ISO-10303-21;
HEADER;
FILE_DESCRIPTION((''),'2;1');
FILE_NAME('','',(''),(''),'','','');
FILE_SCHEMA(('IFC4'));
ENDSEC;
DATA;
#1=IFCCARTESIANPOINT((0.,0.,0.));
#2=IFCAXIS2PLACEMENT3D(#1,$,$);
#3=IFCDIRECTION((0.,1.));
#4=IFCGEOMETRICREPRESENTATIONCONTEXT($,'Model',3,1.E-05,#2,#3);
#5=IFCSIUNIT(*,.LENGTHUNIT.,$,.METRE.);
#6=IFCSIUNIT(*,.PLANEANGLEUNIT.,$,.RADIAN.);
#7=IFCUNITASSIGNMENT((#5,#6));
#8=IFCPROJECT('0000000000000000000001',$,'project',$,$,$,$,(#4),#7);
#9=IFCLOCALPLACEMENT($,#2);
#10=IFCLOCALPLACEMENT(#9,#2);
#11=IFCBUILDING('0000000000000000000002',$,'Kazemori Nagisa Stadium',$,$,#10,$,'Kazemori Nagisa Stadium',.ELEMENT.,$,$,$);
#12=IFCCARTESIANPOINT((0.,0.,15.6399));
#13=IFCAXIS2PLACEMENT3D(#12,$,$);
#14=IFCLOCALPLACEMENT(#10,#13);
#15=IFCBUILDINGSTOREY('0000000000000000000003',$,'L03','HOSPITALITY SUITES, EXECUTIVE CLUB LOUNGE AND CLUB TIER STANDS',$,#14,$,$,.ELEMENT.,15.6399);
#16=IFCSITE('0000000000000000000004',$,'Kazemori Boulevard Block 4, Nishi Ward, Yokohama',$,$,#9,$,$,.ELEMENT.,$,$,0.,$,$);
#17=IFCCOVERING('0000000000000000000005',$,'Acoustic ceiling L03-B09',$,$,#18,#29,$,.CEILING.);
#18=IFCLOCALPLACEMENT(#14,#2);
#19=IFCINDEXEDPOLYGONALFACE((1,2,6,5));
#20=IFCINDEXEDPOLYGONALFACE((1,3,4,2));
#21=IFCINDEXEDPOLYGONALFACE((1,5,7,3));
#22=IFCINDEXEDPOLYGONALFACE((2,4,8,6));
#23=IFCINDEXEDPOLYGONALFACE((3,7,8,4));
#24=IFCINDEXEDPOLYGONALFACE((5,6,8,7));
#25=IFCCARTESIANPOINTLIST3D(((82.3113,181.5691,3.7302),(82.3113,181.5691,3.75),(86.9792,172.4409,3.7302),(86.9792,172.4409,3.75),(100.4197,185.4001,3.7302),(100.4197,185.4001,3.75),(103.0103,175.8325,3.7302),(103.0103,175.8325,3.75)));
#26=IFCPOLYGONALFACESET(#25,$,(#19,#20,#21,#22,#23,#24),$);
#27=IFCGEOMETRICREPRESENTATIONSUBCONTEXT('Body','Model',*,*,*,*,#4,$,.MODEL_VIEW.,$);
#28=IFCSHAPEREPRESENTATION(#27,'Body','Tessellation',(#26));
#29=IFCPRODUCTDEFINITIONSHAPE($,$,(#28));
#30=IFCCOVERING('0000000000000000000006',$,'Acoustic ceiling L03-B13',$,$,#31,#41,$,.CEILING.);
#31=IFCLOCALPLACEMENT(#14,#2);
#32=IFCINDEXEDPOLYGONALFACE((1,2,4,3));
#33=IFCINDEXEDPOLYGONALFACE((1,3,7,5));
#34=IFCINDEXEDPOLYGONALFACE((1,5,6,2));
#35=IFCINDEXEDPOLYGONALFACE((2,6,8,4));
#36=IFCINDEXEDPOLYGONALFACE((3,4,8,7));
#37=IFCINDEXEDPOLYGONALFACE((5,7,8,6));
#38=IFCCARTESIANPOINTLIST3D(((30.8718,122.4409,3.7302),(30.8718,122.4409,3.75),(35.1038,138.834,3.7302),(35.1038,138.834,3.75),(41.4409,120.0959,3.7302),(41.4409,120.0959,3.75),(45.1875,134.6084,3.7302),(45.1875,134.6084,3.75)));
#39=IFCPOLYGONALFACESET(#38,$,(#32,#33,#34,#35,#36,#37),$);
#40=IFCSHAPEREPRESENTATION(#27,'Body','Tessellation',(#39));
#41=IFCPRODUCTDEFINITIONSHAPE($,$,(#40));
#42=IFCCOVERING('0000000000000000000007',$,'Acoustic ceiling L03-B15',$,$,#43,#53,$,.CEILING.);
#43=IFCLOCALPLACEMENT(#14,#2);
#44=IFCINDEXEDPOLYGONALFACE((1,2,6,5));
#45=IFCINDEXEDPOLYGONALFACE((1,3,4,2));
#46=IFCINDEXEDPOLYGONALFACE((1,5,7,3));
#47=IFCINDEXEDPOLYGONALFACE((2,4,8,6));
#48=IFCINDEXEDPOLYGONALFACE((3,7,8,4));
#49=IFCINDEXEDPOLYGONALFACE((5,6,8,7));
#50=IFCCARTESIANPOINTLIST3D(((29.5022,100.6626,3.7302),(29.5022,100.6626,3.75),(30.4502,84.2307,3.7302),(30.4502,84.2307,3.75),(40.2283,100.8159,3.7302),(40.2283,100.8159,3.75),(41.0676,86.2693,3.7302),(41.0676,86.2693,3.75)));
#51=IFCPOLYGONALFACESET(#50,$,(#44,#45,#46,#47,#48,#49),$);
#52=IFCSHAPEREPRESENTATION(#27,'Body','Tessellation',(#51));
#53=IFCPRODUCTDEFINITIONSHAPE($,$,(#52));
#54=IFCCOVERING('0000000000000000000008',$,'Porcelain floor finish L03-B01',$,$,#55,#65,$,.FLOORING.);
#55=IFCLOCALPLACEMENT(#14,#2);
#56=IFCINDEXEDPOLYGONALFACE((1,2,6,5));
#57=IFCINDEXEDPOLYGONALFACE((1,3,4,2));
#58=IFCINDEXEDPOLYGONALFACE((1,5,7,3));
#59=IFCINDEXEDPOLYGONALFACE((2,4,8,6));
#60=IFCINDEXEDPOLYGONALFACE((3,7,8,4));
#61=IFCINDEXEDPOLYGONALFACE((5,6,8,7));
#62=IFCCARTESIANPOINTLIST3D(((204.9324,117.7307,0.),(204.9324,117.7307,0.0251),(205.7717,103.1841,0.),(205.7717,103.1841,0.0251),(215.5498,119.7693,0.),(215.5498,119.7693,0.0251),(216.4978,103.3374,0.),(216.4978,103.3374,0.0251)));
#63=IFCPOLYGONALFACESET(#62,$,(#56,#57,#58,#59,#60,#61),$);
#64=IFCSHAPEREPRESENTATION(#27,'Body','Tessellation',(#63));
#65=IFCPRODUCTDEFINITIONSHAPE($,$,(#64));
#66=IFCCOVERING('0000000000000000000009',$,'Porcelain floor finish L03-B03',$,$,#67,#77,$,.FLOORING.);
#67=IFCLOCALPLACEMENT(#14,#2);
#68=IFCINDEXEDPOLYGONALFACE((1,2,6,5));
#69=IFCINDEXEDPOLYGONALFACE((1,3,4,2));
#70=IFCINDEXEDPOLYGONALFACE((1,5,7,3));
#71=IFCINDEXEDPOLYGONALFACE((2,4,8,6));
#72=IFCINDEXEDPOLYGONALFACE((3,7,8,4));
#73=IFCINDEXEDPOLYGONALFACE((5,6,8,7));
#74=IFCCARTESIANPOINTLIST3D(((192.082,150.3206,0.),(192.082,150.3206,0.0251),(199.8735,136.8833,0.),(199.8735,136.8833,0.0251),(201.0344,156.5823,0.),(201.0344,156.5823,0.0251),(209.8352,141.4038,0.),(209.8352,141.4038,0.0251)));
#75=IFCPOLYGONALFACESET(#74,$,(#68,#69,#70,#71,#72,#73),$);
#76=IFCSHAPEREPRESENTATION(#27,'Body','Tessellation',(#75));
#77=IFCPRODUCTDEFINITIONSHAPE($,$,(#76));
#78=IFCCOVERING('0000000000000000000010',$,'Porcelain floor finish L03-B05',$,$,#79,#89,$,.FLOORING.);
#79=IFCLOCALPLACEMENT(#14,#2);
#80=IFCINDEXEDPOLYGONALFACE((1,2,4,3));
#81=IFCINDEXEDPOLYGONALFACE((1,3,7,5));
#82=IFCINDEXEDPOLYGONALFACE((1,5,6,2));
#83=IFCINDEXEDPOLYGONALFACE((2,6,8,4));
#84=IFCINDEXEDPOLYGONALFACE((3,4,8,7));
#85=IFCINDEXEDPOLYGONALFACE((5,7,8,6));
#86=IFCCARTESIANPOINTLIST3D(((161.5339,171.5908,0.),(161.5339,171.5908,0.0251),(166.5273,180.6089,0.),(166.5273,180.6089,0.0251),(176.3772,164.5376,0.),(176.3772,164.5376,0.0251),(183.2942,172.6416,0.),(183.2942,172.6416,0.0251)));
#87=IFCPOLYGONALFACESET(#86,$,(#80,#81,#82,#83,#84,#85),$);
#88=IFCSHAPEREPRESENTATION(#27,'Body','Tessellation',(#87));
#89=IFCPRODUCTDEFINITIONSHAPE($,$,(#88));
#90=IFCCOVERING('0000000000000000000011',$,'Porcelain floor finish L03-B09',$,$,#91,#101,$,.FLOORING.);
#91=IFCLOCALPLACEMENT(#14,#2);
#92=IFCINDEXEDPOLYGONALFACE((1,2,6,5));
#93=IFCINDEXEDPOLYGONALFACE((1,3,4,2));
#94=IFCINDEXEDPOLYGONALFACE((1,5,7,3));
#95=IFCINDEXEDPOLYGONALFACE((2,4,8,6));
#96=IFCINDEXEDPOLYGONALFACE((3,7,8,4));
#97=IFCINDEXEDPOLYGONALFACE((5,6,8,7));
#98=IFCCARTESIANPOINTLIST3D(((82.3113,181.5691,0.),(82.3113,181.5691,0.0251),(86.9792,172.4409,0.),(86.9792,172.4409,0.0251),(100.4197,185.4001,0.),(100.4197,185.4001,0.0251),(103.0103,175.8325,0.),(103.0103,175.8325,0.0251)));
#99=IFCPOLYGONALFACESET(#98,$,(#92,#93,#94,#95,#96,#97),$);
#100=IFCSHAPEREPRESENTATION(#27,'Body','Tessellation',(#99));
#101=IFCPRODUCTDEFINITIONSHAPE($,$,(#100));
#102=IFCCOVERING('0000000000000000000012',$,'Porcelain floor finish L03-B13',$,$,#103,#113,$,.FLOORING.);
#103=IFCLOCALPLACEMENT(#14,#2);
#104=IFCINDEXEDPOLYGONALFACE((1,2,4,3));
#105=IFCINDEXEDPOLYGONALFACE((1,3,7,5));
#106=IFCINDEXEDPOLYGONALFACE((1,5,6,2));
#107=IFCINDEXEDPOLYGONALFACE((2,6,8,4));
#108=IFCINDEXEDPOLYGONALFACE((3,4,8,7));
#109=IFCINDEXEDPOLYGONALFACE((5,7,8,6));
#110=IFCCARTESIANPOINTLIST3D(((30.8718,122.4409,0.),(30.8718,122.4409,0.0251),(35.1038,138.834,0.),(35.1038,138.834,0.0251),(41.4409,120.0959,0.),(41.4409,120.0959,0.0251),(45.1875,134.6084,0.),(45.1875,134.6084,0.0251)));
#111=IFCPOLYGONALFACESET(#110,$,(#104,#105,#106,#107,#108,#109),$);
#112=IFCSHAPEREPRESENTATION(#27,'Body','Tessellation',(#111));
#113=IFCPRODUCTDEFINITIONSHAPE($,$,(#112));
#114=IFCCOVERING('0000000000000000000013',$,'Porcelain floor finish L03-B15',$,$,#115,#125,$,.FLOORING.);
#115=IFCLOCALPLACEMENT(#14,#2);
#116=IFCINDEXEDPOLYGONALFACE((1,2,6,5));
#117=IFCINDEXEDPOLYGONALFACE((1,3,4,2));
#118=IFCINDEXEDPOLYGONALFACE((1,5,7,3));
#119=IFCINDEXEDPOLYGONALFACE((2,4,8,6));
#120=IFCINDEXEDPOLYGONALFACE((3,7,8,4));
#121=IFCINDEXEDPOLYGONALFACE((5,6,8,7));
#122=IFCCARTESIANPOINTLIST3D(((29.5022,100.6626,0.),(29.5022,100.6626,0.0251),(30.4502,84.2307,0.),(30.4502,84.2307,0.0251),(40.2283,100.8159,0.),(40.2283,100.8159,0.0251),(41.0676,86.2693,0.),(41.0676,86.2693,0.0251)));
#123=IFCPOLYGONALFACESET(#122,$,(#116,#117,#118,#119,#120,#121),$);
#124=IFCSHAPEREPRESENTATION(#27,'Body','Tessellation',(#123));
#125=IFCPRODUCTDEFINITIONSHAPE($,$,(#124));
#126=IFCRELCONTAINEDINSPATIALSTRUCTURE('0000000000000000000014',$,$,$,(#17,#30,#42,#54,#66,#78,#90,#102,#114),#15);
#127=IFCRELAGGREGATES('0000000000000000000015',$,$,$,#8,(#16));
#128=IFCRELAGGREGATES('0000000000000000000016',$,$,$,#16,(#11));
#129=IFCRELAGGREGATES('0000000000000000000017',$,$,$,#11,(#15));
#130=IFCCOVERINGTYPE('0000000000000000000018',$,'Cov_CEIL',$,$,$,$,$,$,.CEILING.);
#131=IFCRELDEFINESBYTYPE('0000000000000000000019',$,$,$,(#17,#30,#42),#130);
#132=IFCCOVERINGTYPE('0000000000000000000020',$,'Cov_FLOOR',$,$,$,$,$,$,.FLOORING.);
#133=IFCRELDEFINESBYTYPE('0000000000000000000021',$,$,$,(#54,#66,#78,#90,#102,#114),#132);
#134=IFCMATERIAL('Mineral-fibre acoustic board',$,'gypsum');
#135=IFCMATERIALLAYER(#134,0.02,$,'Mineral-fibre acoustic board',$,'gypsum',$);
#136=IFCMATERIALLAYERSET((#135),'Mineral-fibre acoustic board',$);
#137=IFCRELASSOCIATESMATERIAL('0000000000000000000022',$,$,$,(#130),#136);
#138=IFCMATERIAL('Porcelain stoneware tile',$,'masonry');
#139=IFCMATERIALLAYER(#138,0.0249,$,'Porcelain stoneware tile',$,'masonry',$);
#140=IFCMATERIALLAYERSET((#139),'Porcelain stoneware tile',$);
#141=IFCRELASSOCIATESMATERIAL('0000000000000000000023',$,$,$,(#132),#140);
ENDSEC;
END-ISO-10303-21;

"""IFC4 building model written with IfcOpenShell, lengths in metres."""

from ifc_helpers import new_model, si_unit, direction, frame, origin, place, context, subcontext, project, spatial, polyline, outline, extrude, material, layer, layer_set, type_object, element, save


model = new_model("IFC4")

# Units and contexts
model_context = context("Model", 3, precision=1e-05, world=origin(), true_north=direction((0.0, 1.0)))
body_context = subcontext(model_context, "Body", "Model", "MODEL_VIEW")
ifc_project = project(units=[si_unit("LENGTHUNIT", "METRE"), si_unit("PLANEANGLEUNIT", "RADIAN")], contexts=[model_context])

# Site, building, storey
site_placement = place(None, origin())
site = spatial("IfcSite", under=ifc_project, at=site_placement, Name="Kazemori Boulevard Block 4, Nishi Ward, Yokohama", CompositionType="ELEMENT", RefElevation=0.0)
building_placement = place(site_placement, origin())
building = spatial("IfcBuilding", under=site, at=building_placement, Name="Kazemori Nagisa Stadium", LongName="Kazemori Nagisa Stadium", CompositionType="ELEMENT")
storey_placement = place(building_placement, frame((0.0, 0.0, 15.6399)))
storey = spatial("IfcBuildingStorey", under=building, at=storey_placement, Name="L03", Description="HOSPITALITY SUITES, EXECUTIVE CLUB LOUNGE AND CLUB TIER STANDS", CompositionType="ELEMENT", Elevation=15.6399)

# Coverings
ifc_material_1 = material(Name="Mineral-fibre acoustic board", Category="gypsum")
ifc_layer_1 = layer(ifc_material_1, 0.02, Name="Mineral-fibre acoustic board", Category="gypsum")
ifc_layer_set_1 = layer_set([ifc_layer_1], Name="Mineral-fibre acoustic board")
covering_type_1 = type_object("IfcCoveringType", Name="Cov_CEIL", PredefinedType="CEILING", material=ifc_layer_set_1)
covering_1_placement = place(storey_placement, frame((0.0, 0.0, 3.7302)))
element("IfcCovering", 1, at=covering_1_placement, inside=storey, type_object=covering_type_1, Name="Acoustic ceiling L03-B09", PredefinedType="CEILING", context=body_context, shape_type="SweptSolid", body=[
    extrude(outline(polyline([(103.0103, 175.8325), (86.9792, 172.4409), (82.3113, 181.5691), (100.4197, 185.4001), (103.0103, 175.8325)])), origin(), (0.0, 0.0, 1.0), 0.0198),
])
covering_2_placement = place(storey_placement, frame((0.0, 0.0, 3.7302)))
element("IfcCovering", 2, at=covering_2_placement, inside=storey, type_object=covering_type_1, Name="Acoustic ceiling L03-B13", PredefinedType="CEILING", context=body_context, shape_type="SweptSolid", body=[
    extrude(outline(polyline([(45.1875, 134.6084), (41.4409, 120.0959), (30.8718, 122.4409), (35.1038, 138.834), (45.1875, 134.6084)])), origin(), (0.0, 0.0, 1.0), 0.0198),
])
covering_3_placement = place(storey_placement, frame((0.0, 0.0, 3.7302)))
element("IfcCovering", 3, at=covering_3_placement, inside=storey, type_object=covering_type_1, Name="Acoustic ceiling L03-B15", PredefinedType="CEILING", context=body_context, shape_type="SweptSolid", body=[
    extrude(outline(polyline([(40.2283, 100.8159), (41.0676, 86.2693), (30.4502, 84.2307), (29.5022, 100.6626), (40.2283, 100.8159)])), origin(), (0.0, 0.0, 1.0), 0.0198),
])
ifc_material_2 = material(Name="Porcelain stoneware tile", Category="masonry")
ifc_layer_2 = layer(ifc_material_2, 0.0249, Name="Porcelain stoneware tile", Category="masonry")
ifc_layer_set_2 = layer_set([ifc_layer_2], Name="Porcelain stoneware tile")
covering_type_2 = type_object("IfcCoveringType", Name="Cov_FLOOR", PredefinedType="FLOORING", material=ifc_layer_set_2)
covering_4_placement = place(storey_placement, origin())
element("IfcCovering", 4, at=covering_4_placement, inside=storey, type_object=covering_type_2, Name="Porcelain floor finish L03-B01", PredefinedType="FLOORING", context=body_context, shape_type="SweptSolid", body=[
    extrude(outline(polyline([(205.7717, 103.1841), (204.9324, 117.7307), (215.5498, 119.7693), (216.4978, 103.3374), (205.7717, 103.1841)])), origin(), (0.0, 0.0, 1.0), 0.0251),
])
covering_5_placement = place(storey_placement, origin())
element("IfcCovering", 5, at=covering_5_placement, inside=storey, type_object=covering_type_2, Name="Porcelain floor finish L03-B03", PredefinedType="FLOORING", context=body_context, shape_type="SweptSolid", body=[
    extrude(outline(polyline([(199.8735, 136.8833), (192.082, 150.3206), (201.0344, 156.5823), (209.8352, 141.4038), (199.8735, 136.8833)])), origin(), (0.0, 0.0, 1.0), 0.0251),
])
covering_6_placement = place(storey_placement, origin())
element("IfcCovering", 6, at=covering_6_placement, inside=storey, type_object=covering_type_2, Name="Porcelain floor finish L03-B05", PredefinedType="FLOORING", context=body_context, shape_type="SweptSolid", body=[
    extrude(outline(polyline([(176.3772, 164.5376), (161.5339, 171.5908), (166.5273, 180.6089), (183.2942, 172.6416), (176.3772, 164.5376)])), origin(), (0.0, 0.0, 1.0), 0.0251),
])
covering_7_placement = place(storey_placement, origin())
element("IfcCovering", 7, at=covering_7_placement, inside=storey, type_object=covering_type_2, Name="Porcelain floor finish L03-B09", PredefinedType="FLOORING", context=body_context, shape_type="SweptSolid", body=[
    extrude(outline(polyline([(103.0103, 175.8325), (86.9792, 172.4409), (82.3113, 181.5691), (100.4197, 185.4001), (103.0103, 175.8325)])), origin(), (0.0, 0.0, 1.0), 0.0251),
])
covering_8_placement = place(storey_placement, origin())
element("IfcCovering", 8, at=covering_8_placement, inside=storey, type_object=covering_type_2, Name="Porcelain floor finish L03-B13", PredefinedType="FLOORING", context=body_context, shape_type="SweptSolid", body=[
    extrude(outline(polyline([(45.1875, 134.6084), (41.4409, 120.0959), (30.8718, 122.4409), (35.1038, 138.834), (45.1875, 134.6084)])), origin(), (0.0, 0.0, 1.0), 0.0251),
])
covering_9_placement = place(storey_placement, origin())
element("IfcCovering", 9, at=covering_9_placement, inside=storey, type_object=covering_type_2, Name="Porcelain floor finish L03-B15", PredefinedType="FLOORING", context=body_context, shape_type="SweptSolid", body=[
    extrude(outline(polyline([(40.2283, 100.8159), (41.0676, 86.2693), (30.4502, 84.2307), (29.5022, 100.6626), (40.2283, 100.8159)])), origin(), (0.0, 0.0, 1.0), 0.0251),
])

save(model, "model.ifc")
